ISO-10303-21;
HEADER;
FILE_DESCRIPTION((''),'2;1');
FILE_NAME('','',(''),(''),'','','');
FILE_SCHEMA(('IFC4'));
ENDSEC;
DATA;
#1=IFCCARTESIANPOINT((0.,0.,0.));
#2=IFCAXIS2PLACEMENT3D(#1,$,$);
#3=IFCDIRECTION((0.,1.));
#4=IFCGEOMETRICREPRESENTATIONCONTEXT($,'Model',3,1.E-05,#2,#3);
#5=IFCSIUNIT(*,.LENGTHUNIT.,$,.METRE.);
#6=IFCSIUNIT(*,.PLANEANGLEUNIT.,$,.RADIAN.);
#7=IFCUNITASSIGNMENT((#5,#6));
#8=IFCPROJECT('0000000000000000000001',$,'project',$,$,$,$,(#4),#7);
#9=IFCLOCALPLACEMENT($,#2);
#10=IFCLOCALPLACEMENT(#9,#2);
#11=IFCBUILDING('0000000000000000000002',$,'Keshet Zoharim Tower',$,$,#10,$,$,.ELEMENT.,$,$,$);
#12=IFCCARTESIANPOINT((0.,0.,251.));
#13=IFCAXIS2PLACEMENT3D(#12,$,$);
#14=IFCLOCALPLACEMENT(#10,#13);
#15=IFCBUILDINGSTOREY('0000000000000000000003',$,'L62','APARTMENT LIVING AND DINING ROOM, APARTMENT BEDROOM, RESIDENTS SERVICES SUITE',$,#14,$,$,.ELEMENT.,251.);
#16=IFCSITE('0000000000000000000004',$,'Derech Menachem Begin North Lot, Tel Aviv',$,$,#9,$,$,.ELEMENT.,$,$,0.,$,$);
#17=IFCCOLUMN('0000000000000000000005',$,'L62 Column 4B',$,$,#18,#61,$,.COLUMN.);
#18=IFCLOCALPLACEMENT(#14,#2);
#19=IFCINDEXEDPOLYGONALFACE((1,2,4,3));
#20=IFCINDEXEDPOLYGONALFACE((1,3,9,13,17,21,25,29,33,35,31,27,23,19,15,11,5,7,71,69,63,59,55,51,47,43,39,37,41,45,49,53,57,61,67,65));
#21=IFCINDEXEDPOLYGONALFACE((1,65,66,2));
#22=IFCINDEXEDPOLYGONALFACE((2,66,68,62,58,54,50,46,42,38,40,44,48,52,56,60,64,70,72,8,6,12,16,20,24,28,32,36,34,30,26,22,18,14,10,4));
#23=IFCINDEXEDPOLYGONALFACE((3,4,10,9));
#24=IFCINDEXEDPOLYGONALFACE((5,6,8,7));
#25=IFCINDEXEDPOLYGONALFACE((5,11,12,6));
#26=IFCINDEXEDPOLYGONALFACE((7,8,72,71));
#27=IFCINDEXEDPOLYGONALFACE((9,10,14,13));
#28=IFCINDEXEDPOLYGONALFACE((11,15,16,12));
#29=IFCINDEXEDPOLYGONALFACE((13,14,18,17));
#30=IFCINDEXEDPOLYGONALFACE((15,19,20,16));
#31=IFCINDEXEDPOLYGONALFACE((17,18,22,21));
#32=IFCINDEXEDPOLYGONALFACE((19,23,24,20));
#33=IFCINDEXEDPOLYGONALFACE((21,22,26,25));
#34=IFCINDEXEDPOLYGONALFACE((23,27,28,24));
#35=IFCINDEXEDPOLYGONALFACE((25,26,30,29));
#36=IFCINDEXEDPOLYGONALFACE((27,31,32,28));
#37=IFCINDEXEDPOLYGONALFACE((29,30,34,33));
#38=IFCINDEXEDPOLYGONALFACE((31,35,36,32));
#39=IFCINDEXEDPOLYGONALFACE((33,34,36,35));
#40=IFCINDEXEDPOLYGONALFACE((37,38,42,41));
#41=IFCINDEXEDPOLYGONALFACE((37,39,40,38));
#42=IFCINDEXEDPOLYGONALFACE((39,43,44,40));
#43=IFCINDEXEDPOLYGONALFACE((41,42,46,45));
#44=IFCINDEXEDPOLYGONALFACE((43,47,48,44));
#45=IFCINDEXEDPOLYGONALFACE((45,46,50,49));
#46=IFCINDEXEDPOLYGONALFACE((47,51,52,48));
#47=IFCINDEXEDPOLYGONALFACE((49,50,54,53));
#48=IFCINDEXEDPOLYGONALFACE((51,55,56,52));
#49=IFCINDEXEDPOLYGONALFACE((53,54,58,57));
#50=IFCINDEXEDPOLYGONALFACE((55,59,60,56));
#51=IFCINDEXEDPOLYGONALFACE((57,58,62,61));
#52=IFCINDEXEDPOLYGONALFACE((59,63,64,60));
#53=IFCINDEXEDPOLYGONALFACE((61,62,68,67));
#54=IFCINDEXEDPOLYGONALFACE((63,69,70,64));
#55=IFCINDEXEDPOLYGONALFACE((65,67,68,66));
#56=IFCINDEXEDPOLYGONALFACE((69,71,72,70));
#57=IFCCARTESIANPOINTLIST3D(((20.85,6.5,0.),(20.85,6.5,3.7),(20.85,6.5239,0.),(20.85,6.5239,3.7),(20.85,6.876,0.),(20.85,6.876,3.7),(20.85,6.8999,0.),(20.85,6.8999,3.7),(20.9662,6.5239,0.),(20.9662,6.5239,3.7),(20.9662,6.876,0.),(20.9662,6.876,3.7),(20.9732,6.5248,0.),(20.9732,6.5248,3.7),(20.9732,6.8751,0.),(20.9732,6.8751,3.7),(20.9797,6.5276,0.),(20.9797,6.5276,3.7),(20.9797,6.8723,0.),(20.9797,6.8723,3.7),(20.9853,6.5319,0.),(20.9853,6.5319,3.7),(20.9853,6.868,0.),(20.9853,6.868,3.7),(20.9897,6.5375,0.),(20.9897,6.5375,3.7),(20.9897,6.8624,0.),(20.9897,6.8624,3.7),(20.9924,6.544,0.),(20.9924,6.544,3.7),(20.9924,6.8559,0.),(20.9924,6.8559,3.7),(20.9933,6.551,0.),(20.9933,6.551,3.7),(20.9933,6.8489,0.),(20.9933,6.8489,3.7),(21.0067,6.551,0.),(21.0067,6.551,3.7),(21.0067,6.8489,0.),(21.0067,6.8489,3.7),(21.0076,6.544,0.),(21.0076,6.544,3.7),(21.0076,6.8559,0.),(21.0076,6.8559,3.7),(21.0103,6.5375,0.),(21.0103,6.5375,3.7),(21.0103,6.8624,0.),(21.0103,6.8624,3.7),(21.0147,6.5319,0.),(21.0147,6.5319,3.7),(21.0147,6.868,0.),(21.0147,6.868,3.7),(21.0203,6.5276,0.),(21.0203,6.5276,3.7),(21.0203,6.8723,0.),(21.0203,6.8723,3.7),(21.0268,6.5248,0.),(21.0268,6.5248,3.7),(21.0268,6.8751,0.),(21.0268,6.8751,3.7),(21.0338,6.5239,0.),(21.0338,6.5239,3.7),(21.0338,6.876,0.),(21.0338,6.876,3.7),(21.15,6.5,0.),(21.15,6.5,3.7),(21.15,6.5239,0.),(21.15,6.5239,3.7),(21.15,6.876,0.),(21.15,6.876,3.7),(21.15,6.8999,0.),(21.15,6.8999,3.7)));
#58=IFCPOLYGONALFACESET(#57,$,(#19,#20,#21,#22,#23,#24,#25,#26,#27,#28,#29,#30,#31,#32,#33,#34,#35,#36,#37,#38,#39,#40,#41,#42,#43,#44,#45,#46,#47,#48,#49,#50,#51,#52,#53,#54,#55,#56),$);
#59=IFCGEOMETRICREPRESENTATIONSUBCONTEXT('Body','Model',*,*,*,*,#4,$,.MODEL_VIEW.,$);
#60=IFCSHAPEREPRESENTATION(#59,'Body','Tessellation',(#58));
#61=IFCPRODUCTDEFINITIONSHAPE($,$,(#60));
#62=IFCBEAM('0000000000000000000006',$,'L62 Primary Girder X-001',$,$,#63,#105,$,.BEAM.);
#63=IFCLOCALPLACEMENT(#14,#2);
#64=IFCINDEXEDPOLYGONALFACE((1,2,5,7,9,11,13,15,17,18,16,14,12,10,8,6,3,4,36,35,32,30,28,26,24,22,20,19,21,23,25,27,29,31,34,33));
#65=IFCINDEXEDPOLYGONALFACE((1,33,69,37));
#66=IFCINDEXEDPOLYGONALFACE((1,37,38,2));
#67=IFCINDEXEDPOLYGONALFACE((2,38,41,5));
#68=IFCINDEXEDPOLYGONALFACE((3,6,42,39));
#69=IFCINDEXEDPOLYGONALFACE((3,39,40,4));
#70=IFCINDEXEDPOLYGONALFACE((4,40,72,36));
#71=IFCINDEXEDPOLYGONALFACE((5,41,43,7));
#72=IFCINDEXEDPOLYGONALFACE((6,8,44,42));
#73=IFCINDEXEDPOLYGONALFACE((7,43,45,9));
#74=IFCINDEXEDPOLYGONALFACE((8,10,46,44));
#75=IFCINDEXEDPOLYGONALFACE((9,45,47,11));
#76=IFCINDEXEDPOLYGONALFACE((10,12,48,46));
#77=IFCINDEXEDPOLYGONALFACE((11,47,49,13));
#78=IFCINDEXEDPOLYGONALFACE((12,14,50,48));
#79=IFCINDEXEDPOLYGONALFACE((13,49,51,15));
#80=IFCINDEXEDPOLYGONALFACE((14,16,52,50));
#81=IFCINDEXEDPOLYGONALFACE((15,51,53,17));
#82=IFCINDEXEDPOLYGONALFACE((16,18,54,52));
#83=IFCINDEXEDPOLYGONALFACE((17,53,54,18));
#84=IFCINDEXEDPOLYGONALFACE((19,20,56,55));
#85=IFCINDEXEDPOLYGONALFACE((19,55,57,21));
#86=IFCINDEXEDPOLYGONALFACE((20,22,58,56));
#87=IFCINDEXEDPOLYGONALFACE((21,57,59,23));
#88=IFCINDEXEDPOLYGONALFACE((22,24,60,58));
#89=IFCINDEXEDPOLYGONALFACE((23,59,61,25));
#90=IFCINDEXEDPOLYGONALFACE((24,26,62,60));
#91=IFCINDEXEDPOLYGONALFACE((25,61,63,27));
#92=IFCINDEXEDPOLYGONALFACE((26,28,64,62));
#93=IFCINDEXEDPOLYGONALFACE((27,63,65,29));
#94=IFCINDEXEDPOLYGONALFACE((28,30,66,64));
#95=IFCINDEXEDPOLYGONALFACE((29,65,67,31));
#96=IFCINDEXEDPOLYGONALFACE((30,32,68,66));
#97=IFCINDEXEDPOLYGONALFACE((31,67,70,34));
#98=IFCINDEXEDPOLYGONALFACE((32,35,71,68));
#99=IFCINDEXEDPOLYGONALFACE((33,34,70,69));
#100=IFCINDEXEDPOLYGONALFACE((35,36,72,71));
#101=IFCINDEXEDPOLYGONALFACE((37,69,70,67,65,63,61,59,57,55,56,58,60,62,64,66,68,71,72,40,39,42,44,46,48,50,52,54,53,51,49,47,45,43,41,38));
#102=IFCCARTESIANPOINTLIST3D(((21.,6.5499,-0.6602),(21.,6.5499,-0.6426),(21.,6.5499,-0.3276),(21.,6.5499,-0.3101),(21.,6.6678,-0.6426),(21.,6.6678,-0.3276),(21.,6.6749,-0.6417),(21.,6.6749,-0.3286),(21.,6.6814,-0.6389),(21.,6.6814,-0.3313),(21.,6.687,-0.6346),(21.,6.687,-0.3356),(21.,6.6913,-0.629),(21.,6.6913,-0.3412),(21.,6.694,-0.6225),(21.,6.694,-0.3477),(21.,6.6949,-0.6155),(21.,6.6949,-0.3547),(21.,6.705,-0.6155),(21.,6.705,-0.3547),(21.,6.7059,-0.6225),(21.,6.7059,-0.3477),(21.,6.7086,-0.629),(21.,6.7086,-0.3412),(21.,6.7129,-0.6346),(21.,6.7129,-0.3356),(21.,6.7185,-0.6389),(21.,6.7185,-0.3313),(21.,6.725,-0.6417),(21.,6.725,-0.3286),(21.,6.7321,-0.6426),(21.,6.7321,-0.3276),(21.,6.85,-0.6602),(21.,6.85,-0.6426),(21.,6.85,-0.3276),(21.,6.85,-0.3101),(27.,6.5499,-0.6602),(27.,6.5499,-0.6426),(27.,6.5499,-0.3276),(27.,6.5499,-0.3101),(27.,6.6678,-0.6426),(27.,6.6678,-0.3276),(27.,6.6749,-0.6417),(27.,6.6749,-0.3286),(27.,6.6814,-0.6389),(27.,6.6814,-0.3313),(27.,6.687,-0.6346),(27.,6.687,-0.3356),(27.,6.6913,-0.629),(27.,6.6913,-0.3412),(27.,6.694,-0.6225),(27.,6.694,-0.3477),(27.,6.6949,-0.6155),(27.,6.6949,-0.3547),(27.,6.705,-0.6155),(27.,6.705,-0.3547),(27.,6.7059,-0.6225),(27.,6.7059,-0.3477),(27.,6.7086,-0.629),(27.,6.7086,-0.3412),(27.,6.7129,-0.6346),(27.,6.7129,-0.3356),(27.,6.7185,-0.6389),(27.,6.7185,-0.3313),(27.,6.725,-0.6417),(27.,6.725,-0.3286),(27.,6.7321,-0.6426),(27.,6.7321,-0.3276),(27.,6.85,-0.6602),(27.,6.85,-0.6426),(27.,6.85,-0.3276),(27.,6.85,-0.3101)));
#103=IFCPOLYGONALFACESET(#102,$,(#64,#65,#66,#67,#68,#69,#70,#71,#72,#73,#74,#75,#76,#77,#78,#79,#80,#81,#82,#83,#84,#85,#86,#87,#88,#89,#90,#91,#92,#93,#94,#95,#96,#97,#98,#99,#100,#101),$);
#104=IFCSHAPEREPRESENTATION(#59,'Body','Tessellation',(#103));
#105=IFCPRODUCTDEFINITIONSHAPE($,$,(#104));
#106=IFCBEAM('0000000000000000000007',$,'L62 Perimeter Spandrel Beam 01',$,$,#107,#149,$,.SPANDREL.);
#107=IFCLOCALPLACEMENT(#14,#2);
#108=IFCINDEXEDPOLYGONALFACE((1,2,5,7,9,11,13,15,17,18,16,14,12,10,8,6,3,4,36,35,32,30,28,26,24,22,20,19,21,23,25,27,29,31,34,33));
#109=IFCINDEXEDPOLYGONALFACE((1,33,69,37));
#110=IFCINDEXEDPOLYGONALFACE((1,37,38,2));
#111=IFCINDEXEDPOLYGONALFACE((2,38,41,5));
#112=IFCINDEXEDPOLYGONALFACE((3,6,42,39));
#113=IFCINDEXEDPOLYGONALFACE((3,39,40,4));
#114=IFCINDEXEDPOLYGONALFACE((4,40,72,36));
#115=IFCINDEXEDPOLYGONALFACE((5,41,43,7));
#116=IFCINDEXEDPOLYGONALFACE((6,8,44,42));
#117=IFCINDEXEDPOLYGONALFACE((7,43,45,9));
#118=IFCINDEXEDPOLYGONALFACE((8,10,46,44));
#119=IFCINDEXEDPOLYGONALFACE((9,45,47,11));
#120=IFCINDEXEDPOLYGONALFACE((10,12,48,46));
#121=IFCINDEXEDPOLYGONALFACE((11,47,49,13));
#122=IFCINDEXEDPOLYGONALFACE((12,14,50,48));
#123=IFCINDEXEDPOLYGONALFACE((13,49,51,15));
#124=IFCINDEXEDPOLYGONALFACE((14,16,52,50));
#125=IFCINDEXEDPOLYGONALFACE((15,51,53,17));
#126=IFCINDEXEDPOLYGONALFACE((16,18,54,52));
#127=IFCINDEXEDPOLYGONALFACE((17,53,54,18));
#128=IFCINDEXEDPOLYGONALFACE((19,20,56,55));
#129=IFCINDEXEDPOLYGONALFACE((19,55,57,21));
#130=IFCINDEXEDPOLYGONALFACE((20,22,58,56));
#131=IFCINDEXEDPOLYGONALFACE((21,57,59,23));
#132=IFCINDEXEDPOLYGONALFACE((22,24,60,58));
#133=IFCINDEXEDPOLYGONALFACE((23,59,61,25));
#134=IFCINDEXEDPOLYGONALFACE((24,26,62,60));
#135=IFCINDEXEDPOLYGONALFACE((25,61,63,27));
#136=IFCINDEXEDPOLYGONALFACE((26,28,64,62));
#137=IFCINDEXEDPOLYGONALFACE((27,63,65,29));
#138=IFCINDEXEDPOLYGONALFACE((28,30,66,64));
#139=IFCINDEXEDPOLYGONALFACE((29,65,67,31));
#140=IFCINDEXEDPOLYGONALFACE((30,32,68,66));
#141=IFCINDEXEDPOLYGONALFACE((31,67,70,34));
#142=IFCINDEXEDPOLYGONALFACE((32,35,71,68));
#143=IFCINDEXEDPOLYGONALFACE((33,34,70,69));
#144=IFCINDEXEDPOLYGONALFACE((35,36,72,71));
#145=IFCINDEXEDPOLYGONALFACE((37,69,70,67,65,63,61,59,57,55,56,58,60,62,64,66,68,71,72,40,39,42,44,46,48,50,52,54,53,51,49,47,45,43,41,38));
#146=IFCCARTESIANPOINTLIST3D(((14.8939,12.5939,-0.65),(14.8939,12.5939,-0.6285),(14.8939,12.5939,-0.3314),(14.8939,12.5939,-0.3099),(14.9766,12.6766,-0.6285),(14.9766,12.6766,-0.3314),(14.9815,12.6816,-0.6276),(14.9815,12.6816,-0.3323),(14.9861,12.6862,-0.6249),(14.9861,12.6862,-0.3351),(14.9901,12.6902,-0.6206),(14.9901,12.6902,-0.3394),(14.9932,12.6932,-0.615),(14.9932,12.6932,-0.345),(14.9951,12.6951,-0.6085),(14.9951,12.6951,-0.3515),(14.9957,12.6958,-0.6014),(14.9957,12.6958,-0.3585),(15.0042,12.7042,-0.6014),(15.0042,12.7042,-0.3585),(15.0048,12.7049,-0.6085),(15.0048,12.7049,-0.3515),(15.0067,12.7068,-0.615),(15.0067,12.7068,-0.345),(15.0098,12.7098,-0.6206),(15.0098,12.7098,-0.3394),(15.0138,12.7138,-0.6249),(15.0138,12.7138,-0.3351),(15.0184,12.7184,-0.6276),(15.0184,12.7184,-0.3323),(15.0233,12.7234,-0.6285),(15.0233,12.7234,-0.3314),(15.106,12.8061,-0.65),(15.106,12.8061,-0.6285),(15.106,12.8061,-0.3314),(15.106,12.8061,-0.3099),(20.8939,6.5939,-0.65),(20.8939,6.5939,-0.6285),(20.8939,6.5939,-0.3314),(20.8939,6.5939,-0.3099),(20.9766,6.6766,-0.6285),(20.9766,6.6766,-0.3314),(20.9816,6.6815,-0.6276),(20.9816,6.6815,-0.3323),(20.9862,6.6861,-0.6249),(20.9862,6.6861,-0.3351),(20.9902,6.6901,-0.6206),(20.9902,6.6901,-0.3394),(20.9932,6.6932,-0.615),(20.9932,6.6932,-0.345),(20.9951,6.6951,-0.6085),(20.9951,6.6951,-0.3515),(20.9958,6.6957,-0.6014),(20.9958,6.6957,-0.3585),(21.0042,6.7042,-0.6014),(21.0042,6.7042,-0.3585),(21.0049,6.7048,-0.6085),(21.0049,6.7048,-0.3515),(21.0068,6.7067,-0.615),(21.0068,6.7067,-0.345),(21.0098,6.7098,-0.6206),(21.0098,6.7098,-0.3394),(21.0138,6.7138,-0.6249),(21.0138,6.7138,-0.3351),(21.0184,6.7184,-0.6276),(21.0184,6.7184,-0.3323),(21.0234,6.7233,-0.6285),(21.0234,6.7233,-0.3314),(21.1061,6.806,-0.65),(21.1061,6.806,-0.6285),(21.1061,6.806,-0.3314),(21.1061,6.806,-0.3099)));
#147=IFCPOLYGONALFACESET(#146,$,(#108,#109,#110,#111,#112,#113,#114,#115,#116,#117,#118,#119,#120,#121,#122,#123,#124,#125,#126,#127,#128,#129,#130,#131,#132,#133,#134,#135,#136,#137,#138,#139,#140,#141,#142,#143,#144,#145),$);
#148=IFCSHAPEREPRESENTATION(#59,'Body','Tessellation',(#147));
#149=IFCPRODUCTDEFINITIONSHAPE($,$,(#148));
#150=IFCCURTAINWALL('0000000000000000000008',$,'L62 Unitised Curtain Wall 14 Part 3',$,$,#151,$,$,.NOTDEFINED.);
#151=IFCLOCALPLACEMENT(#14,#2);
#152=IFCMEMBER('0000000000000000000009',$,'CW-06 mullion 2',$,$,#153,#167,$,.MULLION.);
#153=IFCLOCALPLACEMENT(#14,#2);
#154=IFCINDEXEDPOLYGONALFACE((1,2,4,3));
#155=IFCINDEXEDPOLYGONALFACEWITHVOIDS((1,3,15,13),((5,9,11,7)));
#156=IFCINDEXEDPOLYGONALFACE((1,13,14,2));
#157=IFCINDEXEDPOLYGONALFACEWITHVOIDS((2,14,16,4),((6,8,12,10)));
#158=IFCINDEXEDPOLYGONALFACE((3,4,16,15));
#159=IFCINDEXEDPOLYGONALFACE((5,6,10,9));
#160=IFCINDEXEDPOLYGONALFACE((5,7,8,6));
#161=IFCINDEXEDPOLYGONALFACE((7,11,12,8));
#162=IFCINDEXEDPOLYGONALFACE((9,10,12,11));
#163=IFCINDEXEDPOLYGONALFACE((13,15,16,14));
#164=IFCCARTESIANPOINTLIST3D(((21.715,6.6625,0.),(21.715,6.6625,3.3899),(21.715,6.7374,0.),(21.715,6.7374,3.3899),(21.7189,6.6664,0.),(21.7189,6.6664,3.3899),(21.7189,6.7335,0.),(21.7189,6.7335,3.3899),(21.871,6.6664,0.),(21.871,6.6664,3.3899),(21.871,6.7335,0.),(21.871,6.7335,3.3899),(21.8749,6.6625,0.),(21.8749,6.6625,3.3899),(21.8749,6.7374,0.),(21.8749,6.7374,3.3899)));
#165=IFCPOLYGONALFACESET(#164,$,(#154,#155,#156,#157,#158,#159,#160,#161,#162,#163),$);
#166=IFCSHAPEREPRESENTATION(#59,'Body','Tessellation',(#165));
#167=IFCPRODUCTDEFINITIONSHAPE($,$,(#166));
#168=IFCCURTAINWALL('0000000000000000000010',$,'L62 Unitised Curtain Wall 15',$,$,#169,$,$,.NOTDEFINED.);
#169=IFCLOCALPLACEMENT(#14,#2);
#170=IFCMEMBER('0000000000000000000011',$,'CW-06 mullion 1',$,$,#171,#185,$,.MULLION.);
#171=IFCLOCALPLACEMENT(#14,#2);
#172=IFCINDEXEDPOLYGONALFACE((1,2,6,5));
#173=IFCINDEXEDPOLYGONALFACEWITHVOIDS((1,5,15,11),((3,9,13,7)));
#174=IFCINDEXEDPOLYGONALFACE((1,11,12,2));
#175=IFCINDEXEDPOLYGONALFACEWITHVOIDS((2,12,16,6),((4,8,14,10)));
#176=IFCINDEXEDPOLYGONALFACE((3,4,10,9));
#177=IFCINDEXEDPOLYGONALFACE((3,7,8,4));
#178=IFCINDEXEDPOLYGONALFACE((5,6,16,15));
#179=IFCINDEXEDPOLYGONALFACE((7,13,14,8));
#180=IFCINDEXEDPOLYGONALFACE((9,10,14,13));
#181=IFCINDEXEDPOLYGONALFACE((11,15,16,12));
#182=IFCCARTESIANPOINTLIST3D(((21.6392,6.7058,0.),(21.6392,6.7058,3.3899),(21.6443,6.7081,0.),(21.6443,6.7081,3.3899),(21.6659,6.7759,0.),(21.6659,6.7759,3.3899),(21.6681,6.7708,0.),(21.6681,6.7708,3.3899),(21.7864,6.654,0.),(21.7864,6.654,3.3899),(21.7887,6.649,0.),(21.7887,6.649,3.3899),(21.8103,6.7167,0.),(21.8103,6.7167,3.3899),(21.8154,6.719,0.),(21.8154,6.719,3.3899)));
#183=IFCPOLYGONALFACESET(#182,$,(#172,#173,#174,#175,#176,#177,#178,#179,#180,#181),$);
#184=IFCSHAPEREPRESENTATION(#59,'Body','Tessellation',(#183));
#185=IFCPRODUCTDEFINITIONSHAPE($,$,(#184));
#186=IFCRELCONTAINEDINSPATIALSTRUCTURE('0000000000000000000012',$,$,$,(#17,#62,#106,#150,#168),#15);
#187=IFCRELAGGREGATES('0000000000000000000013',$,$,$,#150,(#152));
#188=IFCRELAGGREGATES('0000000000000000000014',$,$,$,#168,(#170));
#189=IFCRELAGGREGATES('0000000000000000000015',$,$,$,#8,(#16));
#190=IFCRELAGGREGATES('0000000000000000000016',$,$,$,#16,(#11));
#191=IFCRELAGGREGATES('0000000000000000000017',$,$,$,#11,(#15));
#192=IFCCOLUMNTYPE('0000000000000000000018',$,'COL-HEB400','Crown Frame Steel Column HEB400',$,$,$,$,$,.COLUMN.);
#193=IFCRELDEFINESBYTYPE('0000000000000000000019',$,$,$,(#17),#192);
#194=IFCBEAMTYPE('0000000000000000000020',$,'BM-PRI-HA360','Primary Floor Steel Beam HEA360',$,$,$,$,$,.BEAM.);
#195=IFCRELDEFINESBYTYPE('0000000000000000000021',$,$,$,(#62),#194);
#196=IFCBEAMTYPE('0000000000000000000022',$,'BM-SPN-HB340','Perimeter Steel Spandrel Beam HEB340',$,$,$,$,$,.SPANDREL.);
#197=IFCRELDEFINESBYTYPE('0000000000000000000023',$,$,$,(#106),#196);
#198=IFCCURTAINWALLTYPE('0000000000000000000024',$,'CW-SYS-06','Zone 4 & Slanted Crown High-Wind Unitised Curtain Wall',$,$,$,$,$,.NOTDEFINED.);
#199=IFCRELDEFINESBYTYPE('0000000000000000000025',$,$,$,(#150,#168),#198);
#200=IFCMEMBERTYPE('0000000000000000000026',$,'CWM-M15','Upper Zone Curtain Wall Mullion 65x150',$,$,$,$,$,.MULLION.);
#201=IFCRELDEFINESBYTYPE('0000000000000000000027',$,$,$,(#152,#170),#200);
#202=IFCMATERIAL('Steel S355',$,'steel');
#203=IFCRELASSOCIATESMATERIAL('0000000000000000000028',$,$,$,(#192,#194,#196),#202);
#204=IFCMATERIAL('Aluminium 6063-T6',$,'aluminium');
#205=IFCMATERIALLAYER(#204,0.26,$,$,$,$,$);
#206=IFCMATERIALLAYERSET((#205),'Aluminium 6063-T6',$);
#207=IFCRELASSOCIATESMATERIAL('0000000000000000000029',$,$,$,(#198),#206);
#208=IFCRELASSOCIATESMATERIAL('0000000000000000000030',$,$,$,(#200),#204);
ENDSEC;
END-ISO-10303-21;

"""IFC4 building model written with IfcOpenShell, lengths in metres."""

from ifc_helpers import new_model, si_unit, direction, frame, origin, origin_2d, place, context, subcontext, project, spatial, hollow_rectangle, i_section, extrude, material, layer, layer_set, material_profile, profile_set, type_object, element, aggregate, save


model = new_model("IFC4")

# Units and contexts
model_context = context("Model", 3, precision=1e-05, world=origin(), true_north=direction((0.0, 1.0)))
body_context = subcontext(model_context, "Body", "Model", "MODEL_VIEW")
ifc_project = project(units=[si_unit("LENGTHUNIT", "METRE"), si_unit("PLANEANGLEUNIT", "RADIAN")], contexts=[model_context])

# Site, building, storey
site_placement = place(None, origin())
site = spatial("IfcSite", under=ifc_project, at=site_placement, Name="Derech Menachem Begin North Lot, Tel Aviv", CompositionType="ELEMENT", RefElevation=0.0)
building_placement = place(site_placement, origin())
building = spatial("IfcBuilding", under=site, at=building_placement, Name="Keshet Zoharim Tower", CompositionType="ELEMENT")
storey_placement = place(building_placement, frame((0.0, 0.0, 251.0)))
storey = spatial("IfcBuildingStorey", under=building, at=storey_placement, Name="L62", Description="APARTMENT LIVING AND DINING ROOM, APARTMENT BEDROOM, RESIDENTS SERVICES SUITE", CompositionType="ELEMENT", Elevation=251.0)

# Column
ifc_material_1 = material(Name="Steel S355", Category="steel")
ifc_material_profile_1 = material_profile(ifc_material_1, i_section(OverallWidth=0.3, OverallDepth=0.3999, WebThickness=0.0134, FlangeThickness=0.0239, FilletRadius=0.0271, at=origin_2d()), Name="HEB400")
ifc_profile_set_1 = profile_set([ifc_material_profile_1], Name="Steel S355")
column_type = type_object("IfcColumnType", Name="COL-HEB400", Description="Crown Frame Steel Column HEB400", PredefinedType="COLUMN", material=ifc_profile_set_1)
column_placement = place(storey_placement, frame((21.0, 6.7, 0.0), z_axis=(0.0, 0.0, 1.0), x_axis=(1.0, 0.0, 0.0)))
element("IfcColumn", 1, at=column_placement, inside=storey, type_object=column_type, Name="L62 Column 4B", PredefinedType="COLUMN", context=body_context, shape_type="SweptSolid", body=[
    extrude(i_section(OverallWidth=0.3, OverallDepth=0.3999, WebThickness=0.0134, FlangeThickness=0.0239, FilletRadius=0.0271, at=origin_2d()), origin(), (0.0, 0.0, 1.0), 3.7),
])

# Beams
ifc_material_profile_2 = material_profile(ifc_material_1, i_section(OverallWidth=0.3, OverallDepth=0.3501, WebThickness=0.01, FlangeThickness=0.0176, FilletRadius=0.0271, at=origin_2d()), Name="HEA360")
ifc_profile_set_2 = profile_set([ifc_material_profile_2], Name="Steel S355")
beam_type_1 = type_object("IfcBeamType", Name="BM-PRI-HA360", Description="Primary Floor Steel Beam HEA360", PredefinedType="BEAM", material=ifc_profile_set_2)
beam_1_placement = place(storey_placement, frame((21.0, 6.7, -0.4851), z_axis=(1.0, 0.0, 0.0), x_axis=(0.0, 1.0, 0.0)))
element("IfcBeam", 2, at=beam_1_placement, inside=storey, type_object=beam_type_1, Name="L62 Primary Girder X-001", PredefinedType="BEAM", context=body_context, shape_type="SweptSolid", body=[
    extrude(i_section(OverallWidth=0.3, OverallDepth=0.3501, WebThickness=0.01, FlangeThickness=0.0176, FilletRadius=0.0271, at=origin_2d()), origin(), (0.0, 0.0, 1.0), 6.0),
])
ifc_material_profile_3 = material_profile(ifc_material_1, i_section(OverallWidth=0.3, OverallDepth=0.3401, WebThickness=0.012, FlangeThickness=0.0215, FilletRadius=0.0271, at=origin_2d()), Name="HEB340")
ifc_profile_set_3 = profile_set([ifc_material_profile_3], Name="Steel S355")
beam_type_2 = type_object("IfcBeamType", Name="BM-SPN-HB340", Description="Perimeter Steel Spandrel Beam HEB340", PredefinedType="SPANDREL", material=ifc_profile_set_3)
beam_2_placement = place(storey_placement, frame((21.0, 6.7, -0.48), z_axis=(-0.707107, 0.707107, 0.0), x_axis=(-0.707107, -0.707107, 0.0)))
element("IfcBeam", 3, at=beam_2_placement, inside=storey, type_object=beam_type_2, Name="L62 Perimeter Spandrel Beam 01", PredefinedType="SPANDREL", context=body_context, shape_type="SweptSolid", body=[
    extrude(i_section(OverallWidth=0.3, OverallDepth=0.3401, WebThickness=0.012, FlangeThickness=0.0215, FilletRadius=0.0271, at=origin_2d()), origin(), (0.0, 0.0, 1.0), 8.4854),
])

# Curtain wall, member
ifc_material_2 = material(Name="Aluminium 6063-T6", Category="aluminium")
ifc_layer_1 = layer(ifc_material_2, 0.26)
ifc_layer_set_1 = layer_set([ifc_layer_1], Name="Aluminium 6063-T6")
curtain_wall_type = type_object("IfcCurtainWallType", Name="CW-SYS-06", Description="Zone 4 & Slanted Crown High-Wind Unitised Curtain Wall", PredefinedType="NOTDEFINED", material=ifc_layer_set_1)
curtain_wall_1_placement = place(storey_placement, origin())
curtain_wall_1 = element("IfcCurtainWall", 4, at=curtain_wall_1_placement, inside=storey, type_object=curtain_wall_type, Name="L62 Unitised Curtain Wall 14 Part 3", PredefinedType="NOTDEFINED")
ifc_material_profile_4 = material_profile(ifc_material_2, hollow_rectangle(XDim=0.075, YDim=0.1599, WallThickness=0.0039, at=origin_2d()), Name="MUL-75x160")
ifc_profile_set_4 = profile_set([ifc_material_profile_4], Name="Aluminium 6063-T6")
member_type_1 = type_object("IfcMemberType", Name="CWM-M15", Description="Upper Zone Curtain Wall Mullion 65x150", PredefinedType="MULLION", material=ifc_profile_set_4)
member_1_placement = place(storey_placement, frame((21.7949, 6.7, 0.0), z_axis=(0.0, 0.0, 1.0), x_axis=(0.0, -1.0, 0.0)))
member_1 = element("IfcMember", 5, at=member_1_placement, type_object=member_type_1, Name="CW-06 mullion 2", PredefinedType="MULLION", context=body_context, shape_type="SweptSolid", body=[
    extrude(hollow_rectangle(XDim=0.075, YDim=0.1599, WallThickness=0.0039, at=origin_2d()), origin(), (0.0, 0.0, 1.0), 3.3899),
])
aggregate(curtain_wall_1, [member_1])

# Curtain wall, member
curtain_wall_2_placement = place(storey_placement, origin())
curtain_wall_2 = element("IfcCurtainWall", 6, at=curtain_wall_2_placement, inside=storey, type_object=curtain_wall_type, Name="L62 Unitised Curtain Wall 15", PredefinedType="NOTDEFINED")
member_2_placement = place(storey_placement, frame((21.7273, 6.7124, 0.0), z_axis=(0.0, 0.0, 1.0), x_axis=(-0.355439, -0.934699, 0.0)))
member_2 = element("IfcMember", 7, at=member_2_placement, type_object=member_type_1, Name="CW-06 mullion 1", PredefinedType="MULLION", context=body_context, shape_type="SweptSolid", body=[
    extrude(hollow_rectangle(XDim=0.075, YDim=0.1599, WallThickness=0.0039, at=origin_2d()), origin(), (0.0, 0.0, 1.0), 3.3899),
])

aggregate(curtain_wall_2, [member_2])

save(model, "model.ifc")
